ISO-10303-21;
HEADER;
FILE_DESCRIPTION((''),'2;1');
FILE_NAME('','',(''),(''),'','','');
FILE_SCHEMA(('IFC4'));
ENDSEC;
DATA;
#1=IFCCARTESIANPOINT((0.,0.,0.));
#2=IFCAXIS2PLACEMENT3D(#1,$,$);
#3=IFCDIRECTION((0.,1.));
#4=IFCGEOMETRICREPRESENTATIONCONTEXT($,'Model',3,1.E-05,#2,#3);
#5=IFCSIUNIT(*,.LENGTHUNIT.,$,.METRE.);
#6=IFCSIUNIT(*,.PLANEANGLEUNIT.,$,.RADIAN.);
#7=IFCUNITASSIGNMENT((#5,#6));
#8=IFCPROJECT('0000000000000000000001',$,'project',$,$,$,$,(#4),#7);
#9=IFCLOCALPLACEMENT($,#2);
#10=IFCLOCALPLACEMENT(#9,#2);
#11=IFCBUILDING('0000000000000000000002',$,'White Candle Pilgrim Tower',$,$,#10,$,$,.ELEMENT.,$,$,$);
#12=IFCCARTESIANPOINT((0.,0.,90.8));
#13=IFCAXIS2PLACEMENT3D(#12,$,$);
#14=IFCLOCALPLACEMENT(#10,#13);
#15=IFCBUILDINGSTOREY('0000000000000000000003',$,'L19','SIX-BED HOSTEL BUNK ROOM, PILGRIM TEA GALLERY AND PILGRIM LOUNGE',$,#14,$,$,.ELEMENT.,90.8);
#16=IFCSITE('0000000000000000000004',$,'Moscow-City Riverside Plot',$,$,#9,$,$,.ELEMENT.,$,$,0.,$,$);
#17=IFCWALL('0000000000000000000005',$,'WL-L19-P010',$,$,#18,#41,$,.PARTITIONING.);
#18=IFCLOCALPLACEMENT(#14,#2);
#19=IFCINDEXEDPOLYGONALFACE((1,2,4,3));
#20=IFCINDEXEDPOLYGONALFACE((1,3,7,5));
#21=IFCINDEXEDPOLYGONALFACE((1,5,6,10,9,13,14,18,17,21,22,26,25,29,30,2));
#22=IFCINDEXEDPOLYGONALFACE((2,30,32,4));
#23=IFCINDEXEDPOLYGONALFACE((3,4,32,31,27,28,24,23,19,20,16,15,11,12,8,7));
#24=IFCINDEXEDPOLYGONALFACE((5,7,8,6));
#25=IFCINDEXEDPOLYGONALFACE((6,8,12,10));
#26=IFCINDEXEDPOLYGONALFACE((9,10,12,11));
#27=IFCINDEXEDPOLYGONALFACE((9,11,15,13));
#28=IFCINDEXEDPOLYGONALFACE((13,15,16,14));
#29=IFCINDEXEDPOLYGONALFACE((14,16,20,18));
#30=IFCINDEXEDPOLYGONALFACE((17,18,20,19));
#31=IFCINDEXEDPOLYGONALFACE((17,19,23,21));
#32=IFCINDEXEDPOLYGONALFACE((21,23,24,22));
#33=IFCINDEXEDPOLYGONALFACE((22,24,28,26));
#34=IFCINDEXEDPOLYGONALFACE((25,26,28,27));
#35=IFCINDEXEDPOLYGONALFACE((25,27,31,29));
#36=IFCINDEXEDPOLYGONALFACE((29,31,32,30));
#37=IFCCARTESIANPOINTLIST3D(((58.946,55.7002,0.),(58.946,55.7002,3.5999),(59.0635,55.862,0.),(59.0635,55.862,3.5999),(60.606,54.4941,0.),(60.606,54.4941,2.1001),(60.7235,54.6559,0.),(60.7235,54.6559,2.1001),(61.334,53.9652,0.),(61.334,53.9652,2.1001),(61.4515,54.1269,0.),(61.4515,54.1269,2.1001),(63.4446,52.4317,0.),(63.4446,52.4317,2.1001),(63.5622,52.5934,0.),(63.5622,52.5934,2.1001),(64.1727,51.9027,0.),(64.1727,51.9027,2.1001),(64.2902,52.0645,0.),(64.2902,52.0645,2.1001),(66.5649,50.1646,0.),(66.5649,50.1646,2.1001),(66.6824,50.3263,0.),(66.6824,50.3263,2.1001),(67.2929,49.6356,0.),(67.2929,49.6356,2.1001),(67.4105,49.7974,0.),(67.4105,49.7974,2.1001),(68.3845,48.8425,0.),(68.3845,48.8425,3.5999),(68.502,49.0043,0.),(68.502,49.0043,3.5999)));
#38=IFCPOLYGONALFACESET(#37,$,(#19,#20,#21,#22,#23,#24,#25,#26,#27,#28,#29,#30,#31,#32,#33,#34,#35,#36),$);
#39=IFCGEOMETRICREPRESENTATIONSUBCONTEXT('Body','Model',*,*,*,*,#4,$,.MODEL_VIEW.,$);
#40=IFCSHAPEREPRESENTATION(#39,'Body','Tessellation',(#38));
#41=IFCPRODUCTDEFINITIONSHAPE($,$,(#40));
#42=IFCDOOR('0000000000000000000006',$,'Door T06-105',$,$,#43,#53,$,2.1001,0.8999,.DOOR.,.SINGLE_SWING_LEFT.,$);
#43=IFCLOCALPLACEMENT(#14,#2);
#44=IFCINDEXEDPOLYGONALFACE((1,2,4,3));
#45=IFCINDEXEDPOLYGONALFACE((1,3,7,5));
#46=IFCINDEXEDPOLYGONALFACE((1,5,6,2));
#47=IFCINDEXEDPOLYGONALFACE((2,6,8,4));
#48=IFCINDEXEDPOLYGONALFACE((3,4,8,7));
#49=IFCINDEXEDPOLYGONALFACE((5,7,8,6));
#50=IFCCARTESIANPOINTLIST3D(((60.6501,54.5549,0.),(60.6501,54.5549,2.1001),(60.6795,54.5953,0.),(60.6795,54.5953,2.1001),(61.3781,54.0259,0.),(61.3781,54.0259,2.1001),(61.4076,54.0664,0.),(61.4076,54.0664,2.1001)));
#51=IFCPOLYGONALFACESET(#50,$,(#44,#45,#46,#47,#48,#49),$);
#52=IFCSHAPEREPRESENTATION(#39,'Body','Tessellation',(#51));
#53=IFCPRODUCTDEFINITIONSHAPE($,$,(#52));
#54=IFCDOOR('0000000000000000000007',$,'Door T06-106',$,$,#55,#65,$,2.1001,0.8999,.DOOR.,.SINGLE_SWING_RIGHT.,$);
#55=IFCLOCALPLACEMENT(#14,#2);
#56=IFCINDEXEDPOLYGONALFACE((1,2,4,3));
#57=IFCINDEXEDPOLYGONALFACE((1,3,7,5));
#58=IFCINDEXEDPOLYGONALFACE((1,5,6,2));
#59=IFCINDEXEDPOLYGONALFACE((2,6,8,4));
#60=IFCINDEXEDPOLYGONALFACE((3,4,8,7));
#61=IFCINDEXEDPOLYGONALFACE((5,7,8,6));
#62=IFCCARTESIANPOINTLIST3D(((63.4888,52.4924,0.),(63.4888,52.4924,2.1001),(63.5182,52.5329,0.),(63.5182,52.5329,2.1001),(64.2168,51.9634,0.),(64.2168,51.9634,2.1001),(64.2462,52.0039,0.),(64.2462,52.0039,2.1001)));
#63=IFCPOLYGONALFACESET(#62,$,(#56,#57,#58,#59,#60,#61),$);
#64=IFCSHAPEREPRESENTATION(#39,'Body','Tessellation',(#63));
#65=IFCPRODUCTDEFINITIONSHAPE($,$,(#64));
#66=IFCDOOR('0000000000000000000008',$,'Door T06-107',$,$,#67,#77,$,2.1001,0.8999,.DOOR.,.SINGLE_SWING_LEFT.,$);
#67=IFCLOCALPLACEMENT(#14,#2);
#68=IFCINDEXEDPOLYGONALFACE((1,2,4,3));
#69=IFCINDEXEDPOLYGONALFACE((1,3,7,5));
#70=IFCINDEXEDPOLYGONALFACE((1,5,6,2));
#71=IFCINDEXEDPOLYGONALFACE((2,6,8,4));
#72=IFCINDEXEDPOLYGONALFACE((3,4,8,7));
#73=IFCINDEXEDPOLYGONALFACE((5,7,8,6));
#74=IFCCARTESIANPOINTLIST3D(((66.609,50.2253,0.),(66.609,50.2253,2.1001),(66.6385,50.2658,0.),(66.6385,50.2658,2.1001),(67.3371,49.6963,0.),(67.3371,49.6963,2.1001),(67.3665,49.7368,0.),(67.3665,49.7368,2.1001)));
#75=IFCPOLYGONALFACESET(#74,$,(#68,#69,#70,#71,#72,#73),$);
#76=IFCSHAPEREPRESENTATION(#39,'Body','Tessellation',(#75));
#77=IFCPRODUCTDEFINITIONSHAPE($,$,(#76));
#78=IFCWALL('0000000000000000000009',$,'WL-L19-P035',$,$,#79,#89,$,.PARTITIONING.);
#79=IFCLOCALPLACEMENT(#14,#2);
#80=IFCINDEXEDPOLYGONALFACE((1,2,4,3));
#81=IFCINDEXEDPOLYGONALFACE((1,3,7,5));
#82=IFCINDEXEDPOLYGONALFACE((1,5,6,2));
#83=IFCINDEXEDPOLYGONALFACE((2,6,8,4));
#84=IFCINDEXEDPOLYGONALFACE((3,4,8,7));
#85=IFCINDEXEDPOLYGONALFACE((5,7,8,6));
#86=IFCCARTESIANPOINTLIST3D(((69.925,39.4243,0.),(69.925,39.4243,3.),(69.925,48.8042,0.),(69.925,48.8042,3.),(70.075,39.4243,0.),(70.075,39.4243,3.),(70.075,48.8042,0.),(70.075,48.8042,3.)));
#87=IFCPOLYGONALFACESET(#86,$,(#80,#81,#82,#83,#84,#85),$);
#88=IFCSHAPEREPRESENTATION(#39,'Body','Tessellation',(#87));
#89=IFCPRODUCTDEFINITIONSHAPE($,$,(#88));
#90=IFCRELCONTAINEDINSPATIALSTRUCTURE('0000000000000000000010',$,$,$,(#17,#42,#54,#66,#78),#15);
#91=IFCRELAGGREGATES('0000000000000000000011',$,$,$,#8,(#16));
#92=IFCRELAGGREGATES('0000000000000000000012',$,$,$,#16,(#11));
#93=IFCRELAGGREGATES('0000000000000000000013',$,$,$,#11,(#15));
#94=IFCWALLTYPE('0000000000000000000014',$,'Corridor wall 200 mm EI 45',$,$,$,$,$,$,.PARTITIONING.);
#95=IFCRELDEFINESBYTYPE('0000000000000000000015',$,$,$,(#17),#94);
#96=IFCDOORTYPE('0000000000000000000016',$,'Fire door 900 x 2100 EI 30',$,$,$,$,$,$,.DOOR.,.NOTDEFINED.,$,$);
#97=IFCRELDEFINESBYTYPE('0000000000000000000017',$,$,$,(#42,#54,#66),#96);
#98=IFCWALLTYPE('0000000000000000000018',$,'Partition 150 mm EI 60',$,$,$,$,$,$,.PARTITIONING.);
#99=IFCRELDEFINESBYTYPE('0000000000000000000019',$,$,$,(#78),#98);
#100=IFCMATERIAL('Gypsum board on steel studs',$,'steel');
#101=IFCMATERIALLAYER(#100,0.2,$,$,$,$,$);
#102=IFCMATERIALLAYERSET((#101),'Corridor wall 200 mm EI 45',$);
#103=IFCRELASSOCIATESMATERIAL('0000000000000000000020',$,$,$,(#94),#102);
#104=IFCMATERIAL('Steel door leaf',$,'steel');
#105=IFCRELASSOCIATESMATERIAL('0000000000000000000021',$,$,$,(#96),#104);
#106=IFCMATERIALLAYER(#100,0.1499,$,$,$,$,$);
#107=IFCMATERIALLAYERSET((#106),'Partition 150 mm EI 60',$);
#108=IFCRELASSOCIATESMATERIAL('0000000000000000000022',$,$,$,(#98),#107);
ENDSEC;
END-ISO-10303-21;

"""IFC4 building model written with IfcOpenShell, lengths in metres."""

from ifc_helpers import new_model, si_unit, direction, frame, frame_2d, origin, place, context, subcontext, project, spatial, rectangle, extrude, material, layer, layer_set, type_object, element, fill, save


model = new_model("IFC4")

# Units and contexts
model_context = context("Model", 3, precision=1e-05, world=origin(), true_north=direction((0.0, 1.0)))
body_context = subcontext(model_context, "Body", "Model", "MODEL_VIEW")
ifc_project = project(units=[si_unit("LENGTHUNIT", "METRE"), si_unit("PLANEANGLEUNIT", "RADIAN")], contexts=[model_context])

# Site, building, storey
site_placement = place(None, origin())
site = spatial("IfcSite", under=ifc_project, at=site_placement, Name="Moscow-City Riverside Plot", CompositionType="ELEMENT", RefElevation=0.0)
building_placement = place(site_placement, origin())
building = spatial("IfcBuilding", under=site, at=building_placement, Name="White Candle Pilgrim Tower", CompositionType="ELEMENT")
storey_placement = place(building_placement, frame((0.0, 0.0, 90.8)))
storey = spatial("IfcBuildingStorey", under=building, at=storey_placement, Name="L19", Description="SIX-BED HOSTEL BUNK ROOM, PILGRIM TEA GALLERY AND PILGRIM LOUNGE", CompositionType="ELEMENT", Elevation=90.8)

# Wall, openings, doors
ifc_material_1 = material(Name="Gypsum board on steel studs", Category="steel")
ifc_layer_1 = layer(ifc_material_1, 0.2)
ifc_layer_set_1 = layer_set([ifc_layer_1], Name="Corridor wall 200 mm EI 45")
wall_type_1 = type_object("IfcWallType", Name="Corridor wall 200 mm EI 45", PredefinedType="PARTITIONING", material=ifc_layer_set_1)
wall_1_placement = place(storey_placement, frame((68.4434, 48.9233, 0.0), z_axis=(0.0, 0.0, 1.0), x_axis=(-0.809008, 0.587797, 0.0)))
wall_1 = element("IfcWall", 1, at=wall_1_placement, inside=storey, type_object=wall_type_1, Name="WL-L19-P010", PredefinedType="PARTITIONING", context=body_context, shape_type="SweptSolid", body=[
    extrude(rectangle(XDim=11.6667, YDim=0.2, at=frame_2d((5.8335, 0.0))), origin(), (0.0, 0.0, 1.0), 3.5999),
])
opening_1_placement = place(wall_1_placement, frame((8.7151, 0.0, 0.0)))
opening_1 = element("IfcOpeningElement", 2, at=opening_1_placement, cuts=wall_1, PredefinedType="OPENING", context=body_context, shape_type="SweptSolid", body=[
    extrude(rectangle(XDim=0.8999, YDim=2.1001, at=frame_2d((0.45, 1.05))), frame((0.0, 0.1099, 0.0), z_axis=(0.0, -1.0, 0.0), x_axis=(1.0, 0.0, 0.0)), (0.0, 0.0, 1.0), 0.22),
])
opening_2_placement = place(wall_1_placement, frame((5.2063, 0.0, 0.0)))
opening_2 = element("IfcOpeningElement", 3, at=opening_2_placement, cuts=wall_1, PredefinedType="OPENING", context=body_context, shape_type="SweptSolid", body=[
    extrude(rectangle(XDim=0.8999, YDim=2.1001, at=frame_2d((0.45, 1.05))), frame((0.0, 0.1099, 0.0), z_axis=(0.0, -1.0, 0.0), x_axis=(1.0, 0.0, 0.0)), (0.0, 0.0, 1.0), 0.22),
])
opening_3_placement = place(wall_1_placement, frame((1.3494, 0.0, 0.0)))
opening_3 = element("IfcOpeningElement", 4, at=opening_3_placement, cuts=wall_1, PredefinedType="OPENING", context=body_context, shape_type="SweptSolid", body=[
    extrude(rectangle(XDim=0.8999, YDim=2.1001, at=frame_2d((0.45, 1.05))), frame((0.0, 0.1099, 0.0), z_axis=(0.0, -1.0, 0.0), x_axis=(1.0, 0.0, 0.0)), (0.0, 0.0, 1.0), 0.22),
])
ifc_material_2 = material(Name="Steel door leaf", Category="steel")
door_type = type_object("IfcDoorType", Name="Fire door 900 x 2100 EI 30", OperationType="NOTDEFINED", PredefinedType="DOOR", material=ifc_material_2)
door_1_placement = place(opening_1_placement, origin())
door_1 = element("IfcDoor", 5, at=door_1_placement, inside=storey, type_object=door_type, Name="Door T06-105", OperationType="SINGLE_SWING_LEFT", OverallHeight=2.1001, OverallWidth=0.8999, PredefinedType="DOOR", context=body_context, shape_type="SweptSolid", body=[
    extrude(rectangle(XDim=0.8999, YDim=2.1001, at=frame_2d((0.45, 1.05))), frame((0.0, 0.0249, 0.0), z_axis=(0.0, -1.0, 0.0), x_axis=(1.0, 0.0, 0.0)), (0.0, 0.0, 1.0), 0.05),
])
fill(opening_1, door_1)
door_2_placement = place(opening_2_placement, origin())
door_2 = element("IfcDoor", 6, at=door_2_placement, inside=storey, type_object=door_type, Name="Door T06-106", OperationType="SINGLE_SWING_RIGHT", OverallHeight=2.1001, OverallWidth=0.8999, PredefinedType="DOOR", context=body_context, shape_type="SweptSolid", body=[
    extrude(rectangle(XDim=0.8999, YDim=2.1001, at=frame_2d((0.45, 1.05))), frame((0.0, 0.0249, 0.0), z_axis=(0.0, -1.0, 0.0), x_axis=(1.0, 0.0, 0.0)), (0.0, 0.0, 1.0), 0.05),
])
fill(opening_2, door_2)
door_3_placement = place(opening_3_placement, origin())
door_3 = element("IfcDoor", 7, at=door_3_placement, inside=storey, type_object=door_type, Name="Door T06-107", OperationType="SINGLE_SWING_LEFT", OverallHeight=2.1001, OverallWidth=0.8999, PredefinedType="DOOR", context=body_context, shape_type="SweptSolid", body=[
    extrude(rectangle(XDim=0.8999, YDim=2.1001, at=frame_2d((0.45, 1.05))), frame((0.0, 0.0249, 0.0), z_axis=(0.0, -1.0, 0.0), x_axis=(1.0, 0.0, 0.0)), (0.0, 0.0, 1.0), 0.05),
])
fill(opening_3, door_3)

# Wall
ifc_layer_2 = layer(ifc_material_1, 0.1499)
ifc_layer_set_2 = layer_set([ifc_layer_2], Name="Partition 150 mm EI 60")
wall_type_2 = type_object("IfcWallType", Name="Partition 150 mm EI 60", PredefinedType="PARTITIONING", material=ifc_layer_set_2)
wall_2_placement = place(storey_placement, frame((70.0, 39.4243, 0.0), z_axis=(0.0, 0.0, 1.0), x_axis=(0.0, 1.0, 0.0)))
element("IfcWall", 8, at=wall_2_placement, inside=storey, type_object=wall_type_2, Name="WL-L19-P035", PredefinedType="PARTITIONING", context=body_context, shape_type="SweptSolid", body=[
    extrude(rectangle(XDim=9.3799, YDim=0.1499, at=frame_2d((4.6899, 0.0))), origin(), (0.0, 0.0, 1.0), 3.0),
])

save(model, "model.ifc")
